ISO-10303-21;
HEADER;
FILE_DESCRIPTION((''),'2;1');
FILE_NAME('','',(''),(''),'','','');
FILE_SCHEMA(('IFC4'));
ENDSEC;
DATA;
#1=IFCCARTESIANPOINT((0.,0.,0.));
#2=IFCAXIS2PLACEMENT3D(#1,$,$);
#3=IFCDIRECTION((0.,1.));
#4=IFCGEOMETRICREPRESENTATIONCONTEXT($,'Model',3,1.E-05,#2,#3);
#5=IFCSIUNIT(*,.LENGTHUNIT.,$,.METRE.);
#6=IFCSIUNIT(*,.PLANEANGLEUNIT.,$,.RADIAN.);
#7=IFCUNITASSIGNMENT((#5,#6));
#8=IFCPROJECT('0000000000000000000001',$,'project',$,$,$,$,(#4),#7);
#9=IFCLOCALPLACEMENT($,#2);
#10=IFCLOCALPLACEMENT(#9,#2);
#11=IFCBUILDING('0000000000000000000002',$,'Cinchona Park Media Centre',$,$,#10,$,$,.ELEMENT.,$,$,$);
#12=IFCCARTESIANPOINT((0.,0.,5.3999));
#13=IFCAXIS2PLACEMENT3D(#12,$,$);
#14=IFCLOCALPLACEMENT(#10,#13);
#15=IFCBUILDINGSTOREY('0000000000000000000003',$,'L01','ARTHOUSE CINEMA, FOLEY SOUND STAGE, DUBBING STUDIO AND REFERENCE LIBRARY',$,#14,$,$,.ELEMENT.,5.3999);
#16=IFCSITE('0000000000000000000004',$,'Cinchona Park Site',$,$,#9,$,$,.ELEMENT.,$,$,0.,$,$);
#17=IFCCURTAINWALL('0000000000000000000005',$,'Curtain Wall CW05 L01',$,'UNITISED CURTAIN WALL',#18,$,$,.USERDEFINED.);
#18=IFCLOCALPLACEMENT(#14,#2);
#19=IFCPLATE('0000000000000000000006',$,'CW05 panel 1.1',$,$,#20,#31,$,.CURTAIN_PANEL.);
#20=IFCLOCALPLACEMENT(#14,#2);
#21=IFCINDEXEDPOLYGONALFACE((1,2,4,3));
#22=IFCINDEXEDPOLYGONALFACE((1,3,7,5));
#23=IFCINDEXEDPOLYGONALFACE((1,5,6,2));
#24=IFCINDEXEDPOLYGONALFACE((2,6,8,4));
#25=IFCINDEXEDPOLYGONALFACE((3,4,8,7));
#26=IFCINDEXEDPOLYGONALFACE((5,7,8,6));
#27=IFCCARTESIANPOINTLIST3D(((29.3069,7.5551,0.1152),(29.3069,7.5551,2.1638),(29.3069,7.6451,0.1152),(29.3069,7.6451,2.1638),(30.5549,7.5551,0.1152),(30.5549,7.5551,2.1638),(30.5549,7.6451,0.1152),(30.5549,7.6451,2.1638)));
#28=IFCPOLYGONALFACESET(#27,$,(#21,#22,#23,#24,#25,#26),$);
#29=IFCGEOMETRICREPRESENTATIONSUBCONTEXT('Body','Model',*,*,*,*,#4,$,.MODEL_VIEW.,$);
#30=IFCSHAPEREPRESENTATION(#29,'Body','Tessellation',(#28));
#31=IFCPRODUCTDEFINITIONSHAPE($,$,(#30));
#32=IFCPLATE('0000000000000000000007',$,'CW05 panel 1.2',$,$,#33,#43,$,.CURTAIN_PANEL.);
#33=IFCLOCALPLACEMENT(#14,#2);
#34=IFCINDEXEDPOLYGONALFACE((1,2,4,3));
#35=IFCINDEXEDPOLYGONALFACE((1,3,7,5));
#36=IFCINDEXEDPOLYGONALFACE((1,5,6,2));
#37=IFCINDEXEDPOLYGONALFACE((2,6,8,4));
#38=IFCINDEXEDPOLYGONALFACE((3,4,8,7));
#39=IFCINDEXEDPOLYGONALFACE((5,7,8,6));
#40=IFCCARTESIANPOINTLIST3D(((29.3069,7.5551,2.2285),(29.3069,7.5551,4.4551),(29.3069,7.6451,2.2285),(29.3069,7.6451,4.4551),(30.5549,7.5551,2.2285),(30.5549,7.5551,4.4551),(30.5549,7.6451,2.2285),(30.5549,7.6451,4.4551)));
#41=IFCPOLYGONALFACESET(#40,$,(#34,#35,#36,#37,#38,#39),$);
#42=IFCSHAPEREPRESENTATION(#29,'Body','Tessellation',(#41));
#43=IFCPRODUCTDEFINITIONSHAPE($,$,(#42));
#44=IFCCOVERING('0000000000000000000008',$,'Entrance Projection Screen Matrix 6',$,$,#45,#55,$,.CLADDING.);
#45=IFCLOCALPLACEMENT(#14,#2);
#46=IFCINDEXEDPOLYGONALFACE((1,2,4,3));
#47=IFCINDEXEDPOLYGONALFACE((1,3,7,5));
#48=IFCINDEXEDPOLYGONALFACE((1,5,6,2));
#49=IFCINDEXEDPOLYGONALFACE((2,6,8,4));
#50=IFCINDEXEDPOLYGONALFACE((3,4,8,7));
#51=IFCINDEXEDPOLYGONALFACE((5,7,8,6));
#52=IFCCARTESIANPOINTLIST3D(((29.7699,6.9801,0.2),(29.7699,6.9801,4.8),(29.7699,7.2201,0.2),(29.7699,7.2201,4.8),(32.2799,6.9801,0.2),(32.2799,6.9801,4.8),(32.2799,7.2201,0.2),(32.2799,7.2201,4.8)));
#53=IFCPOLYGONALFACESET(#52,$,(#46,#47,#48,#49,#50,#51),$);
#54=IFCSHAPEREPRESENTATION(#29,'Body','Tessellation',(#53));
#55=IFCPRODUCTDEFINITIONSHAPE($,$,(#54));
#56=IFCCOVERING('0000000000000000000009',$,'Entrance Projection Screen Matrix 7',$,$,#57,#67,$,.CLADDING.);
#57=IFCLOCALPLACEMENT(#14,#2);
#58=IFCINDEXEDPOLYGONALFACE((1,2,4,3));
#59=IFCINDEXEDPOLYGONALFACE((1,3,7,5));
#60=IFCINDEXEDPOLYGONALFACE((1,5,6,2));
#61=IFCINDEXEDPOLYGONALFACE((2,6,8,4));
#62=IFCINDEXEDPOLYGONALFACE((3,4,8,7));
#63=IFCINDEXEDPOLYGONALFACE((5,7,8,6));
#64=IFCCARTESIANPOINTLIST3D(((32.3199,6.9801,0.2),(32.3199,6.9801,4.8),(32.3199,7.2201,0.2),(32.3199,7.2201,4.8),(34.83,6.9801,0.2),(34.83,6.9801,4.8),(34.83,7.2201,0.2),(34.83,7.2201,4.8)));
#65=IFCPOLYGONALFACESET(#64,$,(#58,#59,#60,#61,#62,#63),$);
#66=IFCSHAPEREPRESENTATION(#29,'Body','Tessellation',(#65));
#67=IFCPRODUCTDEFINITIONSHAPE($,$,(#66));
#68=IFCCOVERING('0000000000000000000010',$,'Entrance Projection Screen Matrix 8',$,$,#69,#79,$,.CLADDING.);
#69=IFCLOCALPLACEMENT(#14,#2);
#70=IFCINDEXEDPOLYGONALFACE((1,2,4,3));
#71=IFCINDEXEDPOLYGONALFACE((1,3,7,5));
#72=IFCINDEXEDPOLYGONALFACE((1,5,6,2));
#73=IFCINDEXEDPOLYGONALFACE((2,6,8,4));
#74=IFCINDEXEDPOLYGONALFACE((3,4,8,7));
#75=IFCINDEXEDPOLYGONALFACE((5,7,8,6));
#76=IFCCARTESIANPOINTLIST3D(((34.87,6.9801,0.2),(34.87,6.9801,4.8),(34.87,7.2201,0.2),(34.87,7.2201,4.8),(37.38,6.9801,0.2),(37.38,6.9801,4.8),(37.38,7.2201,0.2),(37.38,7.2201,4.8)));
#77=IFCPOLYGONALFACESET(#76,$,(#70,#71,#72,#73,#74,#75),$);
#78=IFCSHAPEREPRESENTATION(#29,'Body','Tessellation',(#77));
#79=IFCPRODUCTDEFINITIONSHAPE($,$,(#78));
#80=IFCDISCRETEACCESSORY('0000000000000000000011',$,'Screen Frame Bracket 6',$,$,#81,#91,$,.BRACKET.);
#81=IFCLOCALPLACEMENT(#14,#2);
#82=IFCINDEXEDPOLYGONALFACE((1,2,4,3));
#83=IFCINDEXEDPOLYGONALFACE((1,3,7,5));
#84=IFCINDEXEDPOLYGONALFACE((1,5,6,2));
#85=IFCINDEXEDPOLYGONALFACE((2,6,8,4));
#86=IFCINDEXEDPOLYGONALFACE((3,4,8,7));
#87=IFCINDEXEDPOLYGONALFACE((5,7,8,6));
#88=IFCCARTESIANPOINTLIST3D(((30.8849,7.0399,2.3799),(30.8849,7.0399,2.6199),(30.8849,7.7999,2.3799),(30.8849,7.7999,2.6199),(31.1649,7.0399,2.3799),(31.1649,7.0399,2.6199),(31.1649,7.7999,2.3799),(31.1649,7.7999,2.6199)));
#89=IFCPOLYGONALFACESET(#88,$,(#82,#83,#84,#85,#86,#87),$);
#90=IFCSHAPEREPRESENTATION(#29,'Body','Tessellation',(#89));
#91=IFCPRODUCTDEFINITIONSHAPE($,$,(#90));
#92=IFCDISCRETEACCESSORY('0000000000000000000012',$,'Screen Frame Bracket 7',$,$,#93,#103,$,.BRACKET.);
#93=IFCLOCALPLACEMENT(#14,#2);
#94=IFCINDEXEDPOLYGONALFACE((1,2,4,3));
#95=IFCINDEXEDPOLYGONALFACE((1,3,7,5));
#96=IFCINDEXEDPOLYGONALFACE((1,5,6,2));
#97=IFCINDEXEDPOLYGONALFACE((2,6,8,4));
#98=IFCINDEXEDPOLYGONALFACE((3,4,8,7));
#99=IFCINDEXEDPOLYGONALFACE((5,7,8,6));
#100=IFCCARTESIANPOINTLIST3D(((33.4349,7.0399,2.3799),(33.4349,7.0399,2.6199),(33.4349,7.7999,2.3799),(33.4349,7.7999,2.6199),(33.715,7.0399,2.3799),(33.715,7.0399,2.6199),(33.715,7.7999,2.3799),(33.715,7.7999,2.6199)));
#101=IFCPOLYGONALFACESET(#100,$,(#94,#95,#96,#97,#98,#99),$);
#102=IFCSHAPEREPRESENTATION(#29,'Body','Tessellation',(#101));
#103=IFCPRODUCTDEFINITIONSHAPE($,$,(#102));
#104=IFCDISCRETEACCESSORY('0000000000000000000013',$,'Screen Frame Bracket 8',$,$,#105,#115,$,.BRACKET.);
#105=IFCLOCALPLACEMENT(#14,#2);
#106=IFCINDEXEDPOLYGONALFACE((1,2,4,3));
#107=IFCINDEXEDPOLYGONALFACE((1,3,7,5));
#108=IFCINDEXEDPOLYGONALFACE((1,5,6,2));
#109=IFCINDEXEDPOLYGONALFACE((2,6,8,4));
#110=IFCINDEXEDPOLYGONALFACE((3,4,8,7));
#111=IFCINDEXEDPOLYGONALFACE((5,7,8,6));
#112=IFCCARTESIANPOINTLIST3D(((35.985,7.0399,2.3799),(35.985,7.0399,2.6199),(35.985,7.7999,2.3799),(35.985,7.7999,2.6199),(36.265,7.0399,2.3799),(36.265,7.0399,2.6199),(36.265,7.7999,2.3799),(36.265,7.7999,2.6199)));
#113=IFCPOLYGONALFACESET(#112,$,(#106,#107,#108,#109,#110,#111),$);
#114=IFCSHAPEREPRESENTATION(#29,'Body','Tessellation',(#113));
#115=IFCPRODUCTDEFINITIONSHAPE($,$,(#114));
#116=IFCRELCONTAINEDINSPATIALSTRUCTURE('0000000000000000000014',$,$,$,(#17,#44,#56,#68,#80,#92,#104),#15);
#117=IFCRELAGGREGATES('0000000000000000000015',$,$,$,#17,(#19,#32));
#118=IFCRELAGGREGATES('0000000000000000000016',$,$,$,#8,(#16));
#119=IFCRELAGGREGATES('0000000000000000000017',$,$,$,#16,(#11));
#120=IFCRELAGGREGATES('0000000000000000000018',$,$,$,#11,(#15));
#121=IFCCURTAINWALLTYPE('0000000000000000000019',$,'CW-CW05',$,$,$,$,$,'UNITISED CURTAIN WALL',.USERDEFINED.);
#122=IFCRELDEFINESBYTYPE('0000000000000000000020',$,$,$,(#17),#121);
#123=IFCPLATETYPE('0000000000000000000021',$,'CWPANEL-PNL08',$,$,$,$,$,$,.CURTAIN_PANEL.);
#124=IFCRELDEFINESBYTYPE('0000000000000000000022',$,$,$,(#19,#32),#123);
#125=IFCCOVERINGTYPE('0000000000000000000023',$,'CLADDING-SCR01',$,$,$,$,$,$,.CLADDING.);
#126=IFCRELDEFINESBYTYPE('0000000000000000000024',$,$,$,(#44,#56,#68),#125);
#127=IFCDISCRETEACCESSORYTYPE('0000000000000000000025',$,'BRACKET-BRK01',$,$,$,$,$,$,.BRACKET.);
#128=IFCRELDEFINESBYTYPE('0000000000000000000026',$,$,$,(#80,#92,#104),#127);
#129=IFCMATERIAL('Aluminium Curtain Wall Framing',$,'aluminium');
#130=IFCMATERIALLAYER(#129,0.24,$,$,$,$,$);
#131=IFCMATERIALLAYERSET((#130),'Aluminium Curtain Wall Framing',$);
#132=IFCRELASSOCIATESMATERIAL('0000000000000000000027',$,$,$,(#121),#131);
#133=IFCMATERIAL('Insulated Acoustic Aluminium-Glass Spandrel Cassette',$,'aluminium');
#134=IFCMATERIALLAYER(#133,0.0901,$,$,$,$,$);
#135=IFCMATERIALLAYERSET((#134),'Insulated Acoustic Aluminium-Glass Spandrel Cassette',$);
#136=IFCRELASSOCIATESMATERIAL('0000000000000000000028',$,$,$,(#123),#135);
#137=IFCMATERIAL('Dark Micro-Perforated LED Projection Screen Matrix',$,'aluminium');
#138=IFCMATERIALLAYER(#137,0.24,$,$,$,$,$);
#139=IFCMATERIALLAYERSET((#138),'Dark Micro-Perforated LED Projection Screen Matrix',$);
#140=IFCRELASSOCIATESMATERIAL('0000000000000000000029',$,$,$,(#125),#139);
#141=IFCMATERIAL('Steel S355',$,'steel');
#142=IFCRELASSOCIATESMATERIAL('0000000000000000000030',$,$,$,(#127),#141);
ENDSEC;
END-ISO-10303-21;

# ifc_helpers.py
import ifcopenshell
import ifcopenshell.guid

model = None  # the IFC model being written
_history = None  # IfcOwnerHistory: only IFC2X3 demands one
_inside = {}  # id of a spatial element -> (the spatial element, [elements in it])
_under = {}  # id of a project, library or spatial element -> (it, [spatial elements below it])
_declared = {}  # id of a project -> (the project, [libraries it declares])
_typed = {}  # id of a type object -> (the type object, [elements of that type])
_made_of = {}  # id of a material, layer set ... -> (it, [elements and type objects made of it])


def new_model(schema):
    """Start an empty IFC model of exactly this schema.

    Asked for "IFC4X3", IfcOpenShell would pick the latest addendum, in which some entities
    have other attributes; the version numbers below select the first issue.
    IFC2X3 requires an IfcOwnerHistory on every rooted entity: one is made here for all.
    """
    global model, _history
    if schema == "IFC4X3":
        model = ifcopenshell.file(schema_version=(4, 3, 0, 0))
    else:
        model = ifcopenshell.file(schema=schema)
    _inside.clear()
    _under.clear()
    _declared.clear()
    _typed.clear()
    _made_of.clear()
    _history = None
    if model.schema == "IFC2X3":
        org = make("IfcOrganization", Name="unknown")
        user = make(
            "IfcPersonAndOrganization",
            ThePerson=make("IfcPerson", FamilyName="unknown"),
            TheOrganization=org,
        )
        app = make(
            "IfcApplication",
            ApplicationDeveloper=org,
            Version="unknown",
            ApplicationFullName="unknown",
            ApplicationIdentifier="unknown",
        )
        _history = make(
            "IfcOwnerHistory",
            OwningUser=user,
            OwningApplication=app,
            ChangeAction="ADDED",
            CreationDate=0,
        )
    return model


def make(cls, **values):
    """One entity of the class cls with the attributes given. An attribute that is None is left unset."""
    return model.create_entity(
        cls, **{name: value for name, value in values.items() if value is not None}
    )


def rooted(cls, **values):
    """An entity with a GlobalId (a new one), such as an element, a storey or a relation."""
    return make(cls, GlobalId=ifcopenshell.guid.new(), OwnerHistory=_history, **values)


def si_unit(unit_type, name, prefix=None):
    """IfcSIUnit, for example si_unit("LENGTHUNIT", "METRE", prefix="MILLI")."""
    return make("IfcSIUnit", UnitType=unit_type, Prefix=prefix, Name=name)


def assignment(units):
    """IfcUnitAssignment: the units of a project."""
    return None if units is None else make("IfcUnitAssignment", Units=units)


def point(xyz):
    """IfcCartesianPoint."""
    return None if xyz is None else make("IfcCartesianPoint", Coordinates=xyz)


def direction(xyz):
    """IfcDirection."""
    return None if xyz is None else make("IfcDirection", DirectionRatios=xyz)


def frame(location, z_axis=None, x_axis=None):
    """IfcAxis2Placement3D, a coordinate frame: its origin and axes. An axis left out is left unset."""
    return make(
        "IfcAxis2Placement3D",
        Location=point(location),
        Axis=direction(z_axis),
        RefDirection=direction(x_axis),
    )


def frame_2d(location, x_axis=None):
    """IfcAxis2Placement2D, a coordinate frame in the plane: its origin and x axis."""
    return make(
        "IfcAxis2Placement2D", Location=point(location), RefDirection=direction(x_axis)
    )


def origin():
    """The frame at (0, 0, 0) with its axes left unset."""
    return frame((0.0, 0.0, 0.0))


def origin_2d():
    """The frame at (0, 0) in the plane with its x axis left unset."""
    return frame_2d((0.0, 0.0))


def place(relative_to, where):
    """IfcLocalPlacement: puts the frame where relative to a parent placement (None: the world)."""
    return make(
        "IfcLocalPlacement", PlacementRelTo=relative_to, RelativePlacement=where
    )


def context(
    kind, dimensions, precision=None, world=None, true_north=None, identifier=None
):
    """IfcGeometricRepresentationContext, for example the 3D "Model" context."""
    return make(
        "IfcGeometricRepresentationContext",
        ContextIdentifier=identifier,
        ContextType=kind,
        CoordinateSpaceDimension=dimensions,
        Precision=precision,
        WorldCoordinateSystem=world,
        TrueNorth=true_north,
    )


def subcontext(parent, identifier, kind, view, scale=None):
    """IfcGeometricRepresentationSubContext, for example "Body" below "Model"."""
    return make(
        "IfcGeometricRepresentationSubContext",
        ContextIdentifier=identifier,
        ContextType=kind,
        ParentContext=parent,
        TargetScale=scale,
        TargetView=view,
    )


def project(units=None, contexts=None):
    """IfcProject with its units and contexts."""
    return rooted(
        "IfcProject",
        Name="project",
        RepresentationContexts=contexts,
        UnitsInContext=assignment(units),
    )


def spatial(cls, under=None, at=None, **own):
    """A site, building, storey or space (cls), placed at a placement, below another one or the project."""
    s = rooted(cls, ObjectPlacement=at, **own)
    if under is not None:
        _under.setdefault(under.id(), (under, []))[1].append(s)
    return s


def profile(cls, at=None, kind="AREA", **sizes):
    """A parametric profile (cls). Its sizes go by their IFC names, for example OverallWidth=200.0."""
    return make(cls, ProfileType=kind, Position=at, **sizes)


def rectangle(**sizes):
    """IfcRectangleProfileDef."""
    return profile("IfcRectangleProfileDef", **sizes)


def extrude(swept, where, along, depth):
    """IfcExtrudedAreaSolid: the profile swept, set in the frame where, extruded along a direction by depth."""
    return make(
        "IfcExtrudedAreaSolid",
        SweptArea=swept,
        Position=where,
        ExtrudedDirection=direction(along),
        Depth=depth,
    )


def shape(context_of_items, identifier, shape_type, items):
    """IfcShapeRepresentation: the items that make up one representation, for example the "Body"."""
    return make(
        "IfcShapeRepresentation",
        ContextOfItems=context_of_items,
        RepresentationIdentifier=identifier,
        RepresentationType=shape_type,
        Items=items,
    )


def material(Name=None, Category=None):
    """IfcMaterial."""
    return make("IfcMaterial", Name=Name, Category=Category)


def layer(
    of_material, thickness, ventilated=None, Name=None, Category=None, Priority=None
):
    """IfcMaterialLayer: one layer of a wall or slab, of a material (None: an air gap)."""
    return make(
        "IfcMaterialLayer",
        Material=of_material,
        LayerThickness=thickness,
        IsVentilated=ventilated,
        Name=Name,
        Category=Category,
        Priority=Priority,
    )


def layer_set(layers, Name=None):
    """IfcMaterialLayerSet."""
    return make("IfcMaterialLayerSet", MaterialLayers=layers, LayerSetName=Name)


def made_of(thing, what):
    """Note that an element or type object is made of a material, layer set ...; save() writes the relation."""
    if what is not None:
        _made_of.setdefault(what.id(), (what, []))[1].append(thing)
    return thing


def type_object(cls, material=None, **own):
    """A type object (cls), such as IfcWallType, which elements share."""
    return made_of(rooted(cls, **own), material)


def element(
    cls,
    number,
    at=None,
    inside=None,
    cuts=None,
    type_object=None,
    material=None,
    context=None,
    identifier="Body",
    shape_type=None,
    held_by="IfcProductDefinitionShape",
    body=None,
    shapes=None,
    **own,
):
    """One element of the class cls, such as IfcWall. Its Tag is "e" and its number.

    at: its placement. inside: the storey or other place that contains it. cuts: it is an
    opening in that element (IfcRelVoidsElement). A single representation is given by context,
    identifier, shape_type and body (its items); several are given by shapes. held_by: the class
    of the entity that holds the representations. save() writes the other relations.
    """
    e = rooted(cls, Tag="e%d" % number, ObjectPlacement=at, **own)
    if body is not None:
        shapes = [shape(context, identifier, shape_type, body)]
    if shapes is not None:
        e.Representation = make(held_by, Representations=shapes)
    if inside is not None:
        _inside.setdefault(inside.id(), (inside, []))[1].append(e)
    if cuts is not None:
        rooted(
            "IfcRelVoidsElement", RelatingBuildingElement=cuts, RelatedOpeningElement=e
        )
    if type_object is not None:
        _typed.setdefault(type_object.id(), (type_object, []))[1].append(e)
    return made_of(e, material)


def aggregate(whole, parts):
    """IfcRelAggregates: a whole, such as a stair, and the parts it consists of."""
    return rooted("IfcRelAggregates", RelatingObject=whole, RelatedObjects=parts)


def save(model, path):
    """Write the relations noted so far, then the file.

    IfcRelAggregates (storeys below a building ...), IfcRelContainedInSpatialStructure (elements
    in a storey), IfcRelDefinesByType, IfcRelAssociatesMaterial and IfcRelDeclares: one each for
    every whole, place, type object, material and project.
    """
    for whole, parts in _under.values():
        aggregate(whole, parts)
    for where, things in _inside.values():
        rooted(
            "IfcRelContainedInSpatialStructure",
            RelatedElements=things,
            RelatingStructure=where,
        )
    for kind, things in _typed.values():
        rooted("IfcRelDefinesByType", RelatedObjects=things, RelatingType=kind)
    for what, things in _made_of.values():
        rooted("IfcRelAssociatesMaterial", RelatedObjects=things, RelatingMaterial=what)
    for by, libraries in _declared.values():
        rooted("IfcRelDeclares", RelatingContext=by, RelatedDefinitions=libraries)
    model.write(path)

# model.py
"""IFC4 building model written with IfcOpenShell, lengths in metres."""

from ifc_helpers import new_model, si_unit, direction, frame, origin, origin_2d, place, context, subcontext, project, spatial, rectangle, extrude, material, layer, layer_set, type_object, element, aggregate, save


model = new_model("IFC4")

# Units and contexts
model_context = context("Model", 3, precision=1e-05, world=origin(), true_north=direction((0.0, 1.0)))
body_context = subcontext(model_context, "Body", "Model", "MODEL_VIEW")
ifc_project = project(units=[si_unit("LENGTHUNIT", "METRE"), si_unit("PLANEANGLEUNIT", "RADIAN")], contexts=[model_context])

# Site, building, storey
site_placement = place(None, origin())
site = spatial("IfcSite", under=ifc_project, at=site_placement, Name="Cinchona Park Site", CompositionType="ELEMENT", RefElevation=0.0)
building_placement = place(site_placement, origin())
building = spatial("IfcBuilding", under=site, at=building_placement, Name="Cinchona Park Media Centre", CompositionType="ELEMENT")
storey_placement = place(building_placement, frame((0.0, 0.0, 5.3999)))
storey = spatial("IfcBuildingStorey", under=building, at=storey_placement, Name="L01", Description="ARTHOUSE CINEMA, FOLEY SOUND STAGE, DUBBING STUDIO AND REFERENCE LIBRARY", CompositionType="ELEMENT", Elevation=5.3999)

# Curtain wall
ifc_material_1 = material(Name="Aluminium Curtain Wall Framing", Category="aluminium")
ifc_layer_1 = layer(ifc_material_1, 0.24)
ifc_layer_set_1 = layer_set([ifc_layer_1], Name="Aluminium Curtain Wall Framing")
curtain_wall_type_1 = type_object("IfcCurtainWallType", Name="CW-CW05", ElementType="UNITISED CURTAIN WALL", PredefinedType="USERDEFINED", material=ifc_layer_set_1)
curtain_wall_1_placement = place(storey_placement, origin())
curtain_wall_1 = element("IfcCurtainWall", 1, at=curtain_wall_1_placement, inside=storey, type_object=curtain_wall_type_1, Name="Curtain Wall CW05 L01", ObjectType="UNITISED CURTAIN WALL", PredefinedType="USERDEFINED")

# Plates
ifc_material_2 = material(Name="Insulated Acoustic Aluminium-Glass Spandrel Cassette", Category="aluminium")
ifc_layer_2 = layer(ifc_material_2, 0.0901)
ifc_layer_set_2 = layer_set([ifc_layer_2], Name="Insulated Acoustic Aluminium-Glass Spandrel Cassette")
plate_type_1 = type_object("IfcPlateType", Name="CWPANEL-PNL08", PredefinedType="CURTAIN_PANEL", material=ifc_layer_set_2)
plate_1_placement = place(storey_placement, frame((29.9309, 7.6001, 0.1152), z_axis=(0.0, 0.0, 1.0), x_axis=(-1.0, 0.0, 0.0)))
plate_1 = element("IfcPlate", 2, at=plate_1_placement, type_object=plate_type_1, Name="CW05 panel 1.1", PredefinedType="CURTAIN_PANEL", context=body_context, shape_type="SweptSolid", body=[
    extrude(rectangle(XDim=1.248, YDim=0.0901, at=origin_2d()), origin(), (0.0, 0.0, 1.0), 2.0486),
])
plate_2_placement = place(storey_placement, frame((29.9309, 7.6001, 2.2285), z_axis=(0.0, 0.0, 1.0), x_axis=(-1.0, 0.0, 0.0)))
plate_2 = element("IfcPlate", 3, at=plate_2_placement, type_object=plate_type_1, Name="CW05 panel 1.2", PredefinedType="CURTAIN_PANEL", context=body_context, shape_type="SweptSolid", body=[
    extrude(rectangle(XDim=1.248, YDim=0.0901, at=origin_2d()), origin(), (0.0, 0.0, 1.0), 2.2266),
])
aggregate(curtain_wall_1, [plate_1, plate_2])

# Coverings
ifc_material_3 = material(Name="Dark Micro-Perforated LED Projection Screen Matrix", Category="aluminium")
ifc_layer_3 = layer(ifc_material_3, 0.24)
ifc_layer_set_3 = layer_set([ifc_layer_3], Name="Dark Micro-Perforated LED Projection Screen Matrix")
covering_type = type_object("IfcCoveringType", Name="CLADDING-SCR01", PredefinedType="CLADDING", material=ifc_layer_set_3)
for number, where, z_axis, x_axis, name in (
    (4, (31.0249, 7.1001, 0.2), (0.0, 0.0, 1.0), (1.0, 0.0, 0.0), "Entrance Projection Screen Matrix 6"),
    (5, (33.575, 7.1001, 0.2), (0.0, 0.0, 1.0), (1.0, 0.0, 0.0), "Entrance Projection Screen Matrix 7"),
    (6, (36.125, 7.1001, 0.2), (0.0, 0.0, 1.0), (1.0, 0.0, 0.0), "Entrance Projection Screen Matrix 8"),
):
    element("IfcCovering", number, at=place(storey_placement, frame(where, z_axis=z_axis, x_axis=x_axis)), inside=storey, type_object=covering_type, Name=name, PredefinedType="CLADDING", context=body_context, shape_type="SweptSolid", body=[
        extrude(rectangle(XDim=2.51, YDim=0.24, at=origin_2d()), origin(), (0.0, 0.0, 1.0), 4.6001),
    ])

# Discrete accessories
ifc_material_4 = material(Name="Steel S355", Category="steel")
discrete_accessory_type = type_object("IfcDiscreteAccessoryType", Name="BRACKET-BRK01", PredefinedType="BRACKET", material=ifc_material_4)
for number, where, z_axis, x_axis, name in (
    (7, (31.0249, 7.4199, 2.3799), (0.0, 0.0, 1.0), (1.0, 0.0, 0.0), "Screen Frame Bracket 6"),
    (8, (33.575, 7.4199, 2.3799), (0.0, 0.0, 1.0), (1.0, 0.0, 0.0), "Screen Frame Bracket 7"),
    (9, (36.125, 7.4199, 2.3799), (0.0, 0.0, 1.0), (1.0, 0.0, 0.0), "Screen Frame Bracket 8"),
):
    element("IfcDiscreteAccessory", number, at=place(storey_placement, frame(where, z_axis=z_axis, x_axis=x_axis)), inside=storey, type_object=discrete_accessory_type, Name=name, PredefinedType="BRACKET", context=body_context, shape_type="SweptSolid", body=[
        extrude(rectangle(XDim=0.28, YDim=0.76, at=origin_2d()), origin(), (0.0, 0.0, 1.0), 0.24),
    ])

save(model, "model.ifc")
